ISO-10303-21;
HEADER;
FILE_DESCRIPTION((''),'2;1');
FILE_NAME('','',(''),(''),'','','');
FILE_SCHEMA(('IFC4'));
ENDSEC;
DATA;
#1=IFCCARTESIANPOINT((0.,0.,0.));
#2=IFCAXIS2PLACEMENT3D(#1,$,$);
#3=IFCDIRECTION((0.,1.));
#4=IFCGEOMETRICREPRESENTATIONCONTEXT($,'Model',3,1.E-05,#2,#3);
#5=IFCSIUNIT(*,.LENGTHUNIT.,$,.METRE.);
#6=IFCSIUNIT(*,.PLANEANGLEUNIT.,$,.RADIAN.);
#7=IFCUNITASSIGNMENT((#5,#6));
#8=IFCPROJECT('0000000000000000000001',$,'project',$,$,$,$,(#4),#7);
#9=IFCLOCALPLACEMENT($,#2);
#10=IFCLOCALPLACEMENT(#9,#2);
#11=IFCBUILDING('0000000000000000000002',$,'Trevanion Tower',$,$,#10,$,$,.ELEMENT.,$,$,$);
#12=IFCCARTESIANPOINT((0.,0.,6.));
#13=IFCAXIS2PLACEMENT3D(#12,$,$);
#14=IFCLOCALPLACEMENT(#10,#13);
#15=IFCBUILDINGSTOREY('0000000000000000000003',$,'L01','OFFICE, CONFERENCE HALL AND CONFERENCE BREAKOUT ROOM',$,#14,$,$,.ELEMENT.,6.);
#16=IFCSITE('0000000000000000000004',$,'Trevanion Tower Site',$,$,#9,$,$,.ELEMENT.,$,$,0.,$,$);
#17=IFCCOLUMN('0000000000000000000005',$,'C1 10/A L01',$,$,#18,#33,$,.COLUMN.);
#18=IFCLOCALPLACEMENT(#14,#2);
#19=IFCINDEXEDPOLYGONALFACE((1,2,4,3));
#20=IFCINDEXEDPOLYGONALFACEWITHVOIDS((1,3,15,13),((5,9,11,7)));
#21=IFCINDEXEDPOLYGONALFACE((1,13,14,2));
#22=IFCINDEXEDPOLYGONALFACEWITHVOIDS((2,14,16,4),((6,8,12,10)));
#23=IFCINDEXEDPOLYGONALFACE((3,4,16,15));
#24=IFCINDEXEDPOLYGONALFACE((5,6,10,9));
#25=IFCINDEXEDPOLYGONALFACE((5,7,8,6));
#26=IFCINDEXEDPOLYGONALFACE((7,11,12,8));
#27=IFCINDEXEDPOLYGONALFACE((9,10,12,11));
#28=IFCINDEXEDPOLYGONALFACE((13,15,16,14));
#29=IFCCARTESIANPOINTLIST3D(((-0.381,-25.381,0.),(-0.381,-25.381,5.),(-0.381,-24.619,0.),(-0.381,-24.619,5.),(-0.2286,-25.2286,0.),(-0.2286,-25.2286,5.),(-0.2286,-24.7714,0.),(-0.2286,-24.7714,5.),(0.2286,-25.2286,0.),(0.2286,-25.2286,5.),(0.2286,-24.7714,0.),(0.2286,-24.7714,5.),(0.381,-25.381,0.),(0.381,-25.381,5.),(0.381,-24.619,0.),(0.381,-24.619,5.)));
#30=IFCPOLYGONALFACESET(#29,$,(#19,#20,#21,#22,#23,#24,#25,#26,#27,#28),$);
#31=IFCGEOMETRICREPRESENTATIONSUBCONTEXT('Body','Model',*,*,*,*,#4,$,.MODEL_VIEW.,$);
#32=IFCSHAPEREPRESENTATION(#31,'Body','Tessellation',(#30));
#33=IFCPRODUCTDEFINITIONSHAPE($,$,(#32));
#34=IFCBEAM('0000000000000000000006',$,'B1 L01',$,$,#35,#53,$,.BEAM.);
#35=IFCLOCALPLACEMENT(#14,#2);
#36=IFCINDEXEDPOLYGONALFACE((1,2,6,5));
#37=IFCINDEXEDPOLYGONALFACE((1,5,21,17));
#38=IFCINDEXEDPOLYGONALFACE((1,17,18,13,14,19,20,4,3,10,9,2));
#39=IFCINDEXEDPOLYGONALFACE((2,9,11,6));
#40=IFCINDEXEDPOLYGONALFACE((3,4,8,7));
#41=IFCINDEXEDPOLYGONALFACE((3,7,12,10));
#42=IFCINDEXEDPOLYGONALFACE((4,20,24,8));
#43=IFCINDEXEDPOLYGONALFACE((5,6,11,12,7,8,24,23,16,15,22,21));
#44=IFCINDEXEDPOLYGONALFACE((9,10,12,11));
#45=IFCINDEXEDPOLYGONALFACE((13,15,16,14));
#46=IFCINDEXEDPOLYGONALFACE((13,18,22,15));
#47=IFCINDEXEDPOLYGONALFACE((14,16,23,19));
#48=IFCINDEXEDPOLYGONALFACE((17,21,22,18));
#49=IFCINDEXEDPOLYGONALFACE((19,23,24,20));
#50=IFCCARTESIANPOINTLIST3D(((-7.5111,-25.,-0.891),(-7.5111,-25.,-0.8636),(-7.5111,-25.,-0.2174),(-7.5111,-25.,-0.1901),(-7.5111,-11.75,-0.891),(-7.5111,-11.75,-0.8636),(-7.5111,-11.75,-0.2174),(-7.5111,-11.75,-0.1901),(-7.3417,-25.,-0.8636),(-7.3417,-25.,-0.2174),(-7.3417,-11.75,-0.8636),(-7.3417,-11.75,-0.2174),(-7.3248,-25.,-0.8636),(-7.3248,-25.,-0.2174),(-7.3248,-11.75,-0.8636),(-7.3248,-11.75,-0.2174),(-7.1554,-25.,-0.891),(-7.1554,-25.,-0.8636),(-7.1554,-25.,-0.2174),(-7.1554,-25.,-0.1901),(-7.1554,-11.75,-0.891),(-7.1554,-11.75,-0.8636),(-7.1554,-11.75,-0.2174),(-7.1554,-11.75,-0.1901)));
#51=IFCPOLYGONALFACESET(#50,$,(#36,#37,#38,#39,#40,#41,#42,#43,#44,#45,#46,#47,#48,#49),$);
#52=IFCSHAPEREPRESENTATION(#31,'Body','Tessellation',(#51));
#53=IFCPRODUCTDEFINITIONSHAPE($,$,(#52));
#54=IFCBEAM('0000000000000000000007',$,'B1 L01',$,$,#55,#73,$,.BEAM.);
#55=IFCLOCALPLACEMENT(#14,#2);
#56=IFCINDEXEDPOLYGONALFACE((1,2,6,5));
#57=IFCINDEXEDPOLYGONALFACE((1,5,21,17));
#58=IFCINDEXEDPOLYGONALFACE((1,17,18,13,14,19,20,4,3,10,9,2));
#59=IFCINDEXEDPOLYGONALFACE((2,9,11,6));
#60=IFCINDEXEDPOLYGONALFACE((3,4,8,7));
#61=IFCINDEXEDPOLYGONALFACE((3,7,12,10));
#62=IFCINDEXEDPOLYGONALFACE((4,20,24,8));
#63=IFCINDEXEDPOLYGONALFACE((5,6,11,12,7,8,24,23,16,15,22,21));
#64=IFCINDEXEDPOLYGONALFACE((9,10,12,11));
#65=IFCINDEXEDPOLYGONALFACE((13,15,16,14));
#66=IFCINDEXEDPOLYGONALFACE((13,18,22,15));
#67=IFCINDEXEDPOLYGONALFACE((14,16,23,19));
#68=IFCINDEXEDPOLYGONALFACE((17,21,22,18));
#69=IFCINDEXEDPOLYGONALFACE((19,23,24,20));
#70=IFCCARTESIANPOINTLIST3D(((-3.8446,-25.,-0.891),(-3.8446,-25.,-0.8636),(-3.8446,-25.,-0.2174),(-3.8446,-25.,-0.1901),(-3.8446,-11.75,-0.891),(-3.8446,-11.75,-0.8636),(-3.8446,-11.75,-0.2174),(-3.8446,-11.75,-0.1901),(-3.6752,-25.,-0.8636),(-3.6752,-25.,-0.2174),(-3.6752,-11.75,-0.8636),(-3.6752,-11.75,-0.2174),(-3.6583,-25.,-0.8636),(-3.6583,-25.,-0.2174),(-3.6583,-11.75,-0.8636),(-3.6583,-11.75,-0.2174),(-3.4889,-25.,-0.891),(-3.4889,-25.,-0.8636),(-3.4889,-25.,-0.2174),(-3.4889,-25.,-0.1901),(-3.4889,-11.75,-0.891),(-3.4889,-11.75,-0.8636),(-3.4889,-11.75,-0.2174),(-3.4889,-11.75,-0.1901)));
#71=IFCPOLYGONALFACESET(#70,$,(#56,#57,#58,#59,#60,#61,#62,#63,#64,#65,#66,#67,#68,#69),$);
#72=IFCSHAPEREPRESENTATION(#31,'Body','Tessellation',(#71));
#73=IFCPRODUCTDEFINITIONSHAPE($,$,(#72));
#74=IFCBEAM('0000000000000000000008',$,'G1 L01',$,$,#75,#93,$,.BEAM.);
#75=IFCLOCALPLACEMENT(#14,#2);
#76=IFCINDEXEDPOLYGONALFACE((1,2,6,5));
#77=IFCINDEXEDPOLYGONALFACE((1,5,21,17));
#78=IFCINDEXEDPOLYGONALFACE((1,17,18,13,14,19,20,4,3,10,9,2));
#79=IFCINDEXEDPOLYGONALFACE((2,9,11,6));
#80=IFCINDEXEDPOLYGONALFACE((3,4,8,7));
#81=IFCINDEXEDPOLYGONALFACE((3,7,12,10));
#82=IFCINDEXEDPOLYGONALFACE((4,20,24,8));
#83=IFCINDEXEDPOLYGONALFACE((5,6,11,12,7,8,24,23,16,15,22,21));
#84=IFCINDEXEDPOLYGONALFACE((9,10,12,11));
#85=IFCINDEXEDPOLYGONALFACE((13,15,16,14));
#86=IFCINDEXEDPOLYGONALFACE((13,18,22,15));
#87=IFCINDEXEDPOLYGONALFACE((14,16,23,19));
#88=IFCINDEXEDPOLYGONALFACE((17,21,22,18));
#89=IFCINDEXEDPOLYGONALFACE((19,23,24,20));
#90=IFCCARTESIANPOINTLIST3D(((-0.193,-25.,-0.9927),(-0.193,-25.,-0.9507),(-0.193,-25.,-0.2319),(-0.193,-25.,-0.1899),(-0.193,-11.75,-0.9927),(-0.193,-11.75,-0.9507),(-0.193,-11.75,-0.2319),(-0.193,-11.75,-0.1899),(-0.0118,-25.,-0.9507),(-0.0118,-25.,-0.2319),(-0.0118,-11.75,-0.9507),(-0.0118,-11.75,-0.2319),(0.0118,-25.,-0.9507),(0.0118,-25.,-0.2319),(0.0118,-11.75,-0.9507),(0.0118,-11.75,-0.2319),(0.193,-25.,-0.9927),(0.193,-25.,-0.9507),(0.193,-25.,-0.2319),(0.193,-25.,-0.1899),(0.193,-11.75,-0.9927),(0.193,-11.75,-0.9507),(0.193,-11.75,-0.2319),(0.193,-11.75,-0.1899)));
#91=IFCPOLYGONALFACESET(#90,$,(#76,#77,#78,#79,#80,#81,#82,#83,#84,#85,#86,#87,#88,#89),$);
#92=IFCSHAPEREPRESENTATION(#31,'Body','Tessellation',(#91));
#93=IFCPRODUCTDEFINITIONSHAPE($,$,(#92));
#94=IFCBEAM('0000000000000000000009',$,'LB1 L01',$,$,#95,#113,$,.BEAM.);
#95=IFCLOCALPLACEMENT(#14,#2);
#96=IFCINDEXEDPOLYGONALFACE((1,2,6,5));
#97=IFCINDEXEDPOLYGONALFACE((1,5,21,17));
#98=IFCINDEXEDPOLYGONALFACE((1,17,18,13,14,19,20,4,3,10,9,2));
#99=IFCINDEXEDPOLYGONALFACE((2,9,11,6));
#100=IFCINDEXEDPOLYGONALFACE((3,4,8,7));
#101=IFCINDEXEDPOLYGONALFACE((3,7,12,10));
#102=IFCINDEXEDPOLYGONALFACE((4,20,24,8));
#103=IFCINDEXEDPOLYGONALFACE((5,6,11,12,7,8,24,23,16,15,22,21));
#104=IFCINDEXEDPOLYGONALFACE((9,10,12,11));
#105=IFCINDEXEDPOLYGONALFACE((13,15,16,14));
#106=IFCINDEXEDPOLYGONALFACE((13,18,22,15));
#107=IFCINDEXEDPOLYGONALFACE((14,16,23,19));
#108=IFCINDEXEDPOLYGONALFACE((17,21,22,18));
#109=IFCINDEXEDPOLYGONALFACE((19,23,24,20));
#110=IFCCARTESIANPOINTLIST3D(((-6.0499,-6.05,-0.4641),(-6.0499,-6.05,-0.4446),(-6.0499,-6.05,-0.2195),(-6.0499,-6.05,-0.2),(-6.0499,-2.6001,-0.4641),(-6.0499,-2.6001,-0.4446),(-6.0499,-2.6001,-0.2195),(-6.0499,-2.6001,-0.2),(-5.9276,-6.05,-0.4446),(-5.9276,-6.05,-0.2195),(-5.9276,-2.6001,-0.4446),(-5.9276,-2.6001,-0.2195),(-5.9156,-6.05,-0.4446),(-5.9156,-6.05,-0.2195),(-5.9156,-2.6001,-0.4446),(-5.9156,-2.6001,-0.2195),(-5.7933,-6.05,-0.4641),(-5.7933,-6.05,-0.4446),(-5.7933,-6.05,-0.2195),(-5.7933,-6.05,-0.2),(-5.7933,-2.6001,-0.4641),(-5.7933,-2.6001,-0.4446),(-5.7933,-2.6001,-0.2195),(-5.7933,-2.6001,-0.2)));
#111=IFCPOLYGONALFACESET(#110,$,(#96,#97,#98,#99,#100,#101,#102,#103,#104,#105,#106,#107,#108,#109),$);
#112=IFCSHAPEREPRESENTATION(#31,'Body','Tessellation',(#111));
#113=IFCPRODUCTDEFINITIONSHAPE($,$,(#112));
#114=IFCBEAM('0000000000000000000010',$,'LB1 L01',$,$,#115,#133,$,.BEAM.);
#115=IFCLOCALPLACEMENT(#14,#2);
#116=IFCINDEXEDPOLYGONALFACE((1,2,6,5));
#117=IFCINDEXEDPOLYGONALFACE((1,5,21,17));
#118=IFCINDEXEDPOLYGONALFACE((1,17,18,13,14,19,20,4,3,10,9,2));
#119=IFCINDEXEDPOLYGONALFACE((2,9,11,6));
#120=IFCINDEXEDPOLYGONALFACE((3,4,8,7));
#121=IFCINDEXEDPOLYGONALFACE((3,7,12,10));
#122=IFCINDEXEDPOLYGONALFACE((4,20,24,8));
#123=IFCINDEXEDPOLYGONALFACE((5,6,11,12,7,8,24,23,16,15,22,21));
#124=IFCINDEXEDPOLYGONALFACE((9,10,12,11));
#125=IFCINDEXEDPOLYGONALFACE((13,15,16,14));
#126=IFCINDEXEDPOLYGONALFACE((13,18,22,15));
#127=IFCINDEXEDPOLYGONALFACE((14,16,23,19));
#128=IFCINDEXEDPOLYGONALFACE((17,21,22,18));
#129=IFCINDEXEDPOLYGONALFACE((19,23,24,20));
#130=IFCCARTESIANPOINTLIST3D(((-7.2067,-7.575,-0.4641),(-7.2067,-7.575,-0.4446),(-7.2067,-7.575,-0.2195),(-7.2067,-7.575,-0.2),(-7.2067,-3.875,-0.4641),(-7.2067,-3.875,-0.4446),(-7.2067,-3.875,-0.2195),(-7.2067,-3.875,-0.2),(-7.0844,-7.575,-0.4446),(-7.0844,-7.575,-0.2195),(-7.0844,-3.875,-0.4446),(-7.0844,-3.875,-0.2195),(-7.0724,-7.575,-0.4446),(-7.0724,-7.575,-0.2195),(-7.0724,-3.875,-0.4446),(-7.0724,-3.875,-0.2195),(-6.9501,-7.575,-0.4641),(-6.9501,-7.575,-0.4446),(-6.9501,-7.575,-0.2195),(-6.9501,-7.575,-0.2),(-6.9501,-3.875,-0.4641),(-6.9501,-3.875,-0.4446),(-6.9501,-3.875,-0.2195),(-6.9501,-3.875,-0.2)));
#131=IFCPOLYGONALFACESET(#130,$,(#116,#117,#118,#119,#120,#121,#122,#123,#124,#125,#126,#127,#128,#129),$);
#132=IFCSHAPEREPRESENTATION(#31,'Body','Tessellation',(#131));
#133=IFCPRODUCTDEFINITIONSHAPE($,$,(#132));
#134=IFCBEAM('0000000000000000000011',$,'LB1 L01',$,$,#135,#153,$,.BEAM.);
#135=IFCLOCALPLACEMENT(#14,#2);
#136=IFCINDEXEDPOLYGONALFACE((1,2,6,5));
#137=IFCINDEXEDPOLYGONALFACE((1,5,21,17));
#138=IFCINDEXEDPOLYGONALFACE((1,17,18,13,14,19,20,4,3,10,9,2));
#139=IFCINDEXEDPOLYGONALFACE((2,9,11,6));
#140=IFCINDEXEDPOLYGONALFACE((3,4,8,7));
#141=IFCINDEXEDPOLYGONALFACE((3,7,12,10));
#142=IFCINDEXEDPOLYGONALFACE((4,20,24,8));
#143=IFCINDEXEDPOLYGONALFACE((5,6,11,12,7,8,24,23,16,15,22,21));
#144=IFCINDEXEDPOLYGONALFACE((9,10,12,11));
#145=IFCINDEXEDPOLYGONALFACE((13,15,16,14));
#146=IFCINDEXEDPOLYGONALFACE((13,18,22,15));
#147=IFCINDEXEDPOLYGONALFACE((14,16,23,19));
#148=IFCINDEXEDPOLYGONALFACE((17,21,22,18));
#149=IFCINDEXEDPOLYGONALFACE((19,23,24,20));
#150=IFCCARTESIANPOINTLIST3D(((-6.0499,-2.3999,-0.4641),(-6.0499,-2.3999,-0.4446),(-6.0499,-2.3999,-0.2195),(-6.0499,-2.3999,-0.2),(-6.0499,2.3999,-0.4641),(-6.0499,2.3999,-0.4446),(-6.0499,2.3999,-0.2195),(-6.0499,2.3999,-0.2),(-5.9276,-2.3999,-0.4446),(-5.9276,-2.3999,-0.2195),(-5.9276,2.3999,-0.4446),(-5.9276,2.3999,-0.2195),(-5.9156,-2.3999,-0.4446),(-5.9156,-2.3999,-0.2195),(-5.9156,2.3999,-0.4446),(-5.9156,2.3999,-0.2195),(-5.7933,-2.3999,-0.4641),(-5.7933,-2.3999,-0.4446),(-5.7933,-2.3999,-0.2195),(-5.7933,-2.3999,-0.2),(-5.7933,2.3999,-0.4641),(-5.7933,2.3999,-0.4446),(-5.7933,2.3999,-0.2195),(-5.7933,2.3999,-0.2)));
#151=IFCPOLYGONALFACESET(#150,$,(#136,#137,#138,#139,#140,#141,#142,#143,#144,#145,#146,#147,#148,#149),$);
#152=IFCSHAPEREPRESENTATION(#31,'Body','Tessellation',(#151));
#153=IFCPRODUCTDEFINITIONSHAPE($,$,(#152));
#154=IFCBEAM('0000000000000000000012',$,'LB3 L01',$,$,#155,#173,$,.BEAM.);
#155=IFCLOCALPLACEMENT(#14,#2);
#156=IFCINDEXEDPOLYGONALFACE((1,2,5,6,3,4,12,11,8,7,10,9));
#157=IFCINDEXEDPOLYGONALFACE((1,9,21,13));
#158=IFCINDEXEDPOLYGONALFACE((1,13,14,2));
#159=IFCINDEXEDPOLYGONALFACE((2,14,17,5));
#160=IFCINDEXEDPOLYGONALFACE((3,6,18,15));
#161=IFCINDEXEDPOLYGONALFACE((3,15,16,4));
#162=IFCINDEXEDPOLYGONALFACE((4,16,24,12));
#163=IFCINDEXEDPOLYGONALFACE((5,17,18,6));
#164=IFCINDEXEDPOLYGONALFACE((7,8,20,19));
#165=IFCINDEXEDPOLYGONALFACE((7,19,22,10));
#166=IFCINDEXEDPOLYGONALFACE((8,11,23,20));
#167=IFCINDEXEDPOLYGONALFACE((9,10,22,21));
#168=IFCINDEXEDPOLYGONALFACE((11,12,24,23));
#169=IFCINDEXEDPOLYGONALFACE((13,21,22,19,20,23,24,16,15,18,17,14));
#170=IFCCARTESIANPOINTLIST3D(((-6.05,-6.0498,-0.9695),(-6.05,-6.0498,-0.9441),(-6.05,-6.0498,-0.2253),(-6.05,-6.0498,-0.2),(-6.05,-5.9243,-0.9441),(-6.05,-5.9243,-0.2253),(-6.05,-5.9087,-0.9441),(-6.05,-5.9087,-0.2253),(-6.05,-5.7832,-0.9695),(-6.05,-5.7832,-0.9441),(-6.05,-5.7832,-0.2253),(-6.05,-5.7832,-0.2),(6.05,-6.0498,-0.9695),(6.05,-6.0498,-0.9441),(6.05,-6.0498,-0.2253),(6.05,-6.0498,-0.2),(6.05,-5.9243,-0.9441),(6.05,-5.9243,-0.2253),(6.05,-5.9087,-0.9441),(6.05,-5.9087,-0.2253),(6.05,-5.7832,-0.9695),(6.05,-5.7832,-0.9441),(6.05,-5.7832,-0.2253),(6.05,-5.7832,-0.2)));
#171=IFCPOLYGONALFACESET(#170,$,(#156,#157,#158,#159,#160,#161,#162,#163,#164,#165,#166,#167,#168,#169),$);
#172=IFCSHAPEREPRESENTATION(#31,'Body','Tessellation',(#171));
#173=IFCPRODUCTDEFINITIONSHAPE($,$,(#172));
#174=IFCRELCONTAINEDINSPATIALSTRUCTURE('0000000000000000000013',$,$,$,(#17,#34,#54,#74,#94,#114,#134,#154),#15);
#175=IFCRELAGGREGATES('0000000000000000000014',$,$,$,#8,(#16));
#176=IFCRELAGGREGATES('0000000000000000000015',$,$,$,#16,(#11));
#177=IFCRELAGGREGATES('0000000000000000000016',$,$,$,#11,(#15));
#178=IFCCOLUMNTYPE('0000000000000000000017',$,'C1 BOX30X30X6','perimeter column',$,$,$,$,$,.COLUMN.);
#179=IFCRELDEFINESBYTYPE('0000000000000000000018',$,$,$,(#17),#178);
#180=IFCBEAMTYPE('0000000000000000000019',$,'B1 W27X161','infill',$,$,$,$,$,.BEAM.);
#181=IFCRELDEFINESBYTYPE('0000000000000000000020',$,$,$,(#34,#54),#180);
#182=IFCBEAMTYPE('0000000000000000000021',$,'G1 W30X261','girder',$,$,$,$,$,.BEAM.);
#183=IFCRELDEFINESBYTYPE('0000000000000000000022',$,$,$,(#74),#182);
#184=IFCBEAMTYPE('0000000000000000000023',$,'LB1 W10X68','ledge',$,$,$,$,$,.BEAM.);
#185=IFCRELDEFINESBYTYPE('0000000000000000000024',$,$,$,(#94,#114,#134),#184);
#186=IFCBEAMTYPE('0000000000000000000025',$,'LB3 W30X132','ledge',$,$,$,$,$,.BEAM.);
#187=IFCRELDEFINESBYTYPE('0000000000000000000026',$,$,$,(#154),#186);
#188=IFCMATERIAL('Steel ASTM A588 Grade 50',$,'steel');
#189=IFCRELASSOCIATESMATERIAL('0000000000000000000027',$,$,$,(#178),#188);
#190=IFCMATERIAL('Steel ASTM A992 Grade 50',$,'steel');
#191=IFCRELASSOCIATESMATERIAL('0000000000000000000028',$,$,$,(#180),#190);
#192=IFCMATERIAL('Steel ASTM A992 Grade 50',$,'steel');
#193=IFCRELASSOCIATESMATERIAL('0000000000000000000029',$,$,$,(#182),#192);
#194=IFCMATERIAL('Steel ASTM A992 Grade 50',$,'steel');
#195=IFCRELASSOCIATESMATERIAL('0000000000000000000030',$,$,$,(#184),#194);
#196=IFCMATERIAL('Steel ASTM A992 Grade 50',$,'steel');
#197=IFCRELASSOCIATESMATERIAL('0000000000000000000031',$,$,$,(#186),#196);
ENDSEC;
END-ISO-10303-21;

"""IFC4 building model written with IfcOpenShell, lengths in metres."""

from ifc_helpers import new_model, si_unit, direction, frame, origin, origin_2d, place, context, subcontext, project, spatial, hollow_rectangle, i_section, extrude, material, material_profile, profile_set, type_object, element, save


model = new_model("IFC4")

# Units and contexts
model_context = context("Model", 3, precision=1e-05, world=origin(), true_north=direction((0.0, 1.0)))
body_context = subcontext(model_context, "Body", "Model", "MODEL_VIEW")
ifc_project = project(units=[si_unit("LENGTHUNIT", "METRE"), si_unit("PLANEANGLEUNIT", "RADIAN")], contexts=[model_context])

# Site, building, storey
site_placement = place(None, origin())
site = spatial("IfcSite", under=ifc_project, at=site_placement, Name="Trevanion Tower Site", CompositionType="ELEMENT", RefElevation=0.0)
building_placement = place(site_placement, origin())
building = spatial("IfcBuilding", under=site, at=building_placement, Name="Trevanion Tower", CompositionType="ELEMENT")
storey_placement = place(building_placement, frame((0.0, 0.0, 6.0)))
storey = spatial("IfcBuildingStorey", under=building, at=storey_placement, Name="L01", Description="OFFICE, CONFERENCE HALL AND CONFERENCE BREAKOUT ROOM", CompositionType="ELEMENT", Elevation=6.0)

# Column
ifc_material_1 = material(Name="Steel ASTM A588 Grade 50", Category="steel")
ifc_material_profile_1 = material_profile(ifc_material_1, hollow_rectangle(XDim=0.762, YDim=0.762, WallThickness=0.1523, at=origin_2d()), Name="BOX30X30X6")
ifc_profile_set_1 = profile_set([ifc_material_profile_1], Name="Steel ASTM A588 Grade 50")
column_type = type_object("IfcColumnType", Name="C1 BOX30X30X6", Description="perimeter column", PredefinedType="COLUMN", material=ifc_profile_set_1)
column_placement = place(storey_placement, frame((0.0, -25.0, 0.0), z_axis=(0.0, 0.0, 1.0), x_axis=(1.0, 0.0, 0.0)))
element("IfcColumn", 1, at=column_placement, inside=storey, type_object=column_type, Name="C1 10/A L01", PredefinedType="COLUMN", context=body_context, shape_type="SweptSolid", body=[
    extrude(hollow_rectangle(XDim=0.762, YDim=0.762, WallThickness=0.1523, at=origin_2d()), origin(), (0.0, 0.0, 1.0), 5.0),
])

# Beams
ifc_material_2 = material(Name="Steel ASTM A992 Grade 50", Category="steel")
ifc_material_profile_2 = material_profile(ifc_material_2, i_section(OverallWidth=0.3557, OverallDepth=0.7009, WebThickness=0.0168, FlangeThickness=0.0273, at=origin_2d()), Name="W27X161")
ifc_profile_set_2 = profile_set([ifc_material_profile_2], Name="Steel ASTM A992 Grade 50")
beam_type_1 = type_object("IfcBeamType", Name="B1 W27X161", Description="infill", PredefinedType="BEAM", material=ifc_profile_set_2)
for number, where, z_axis, x_axis, name in (
    (2, (-7.3333, -11.75, -0.5405), (0.0, -1.0, 0.0), (1.0, 0.0, 0.0), "B1 L01"),
    (3, (-3.6667, -11.75, -0.5405), (0.0, -1.0, 0.0), (1.0, 0.0, 0.0), "B1 L01"),
):
    element("IfcBeam", number, at=place(storey_placement, frame(where, z_axis=z_axis, x_axis=x_axis)), inside=storey, type_object=beam_type_1, Name=name, PredefinedType="BEAM", context=body_context, shape_type="SweptSolid", body=[
        extrude(i_section(OverallWidth=0.3557, OverallDepth=0.7009, WebThickness=0.0168, FlangeThickness=0.0273, at=origin_2d()), origin(), (0.0, 0.0, 1.0), 13.25),
    ])
ifc_material_3 = material(Name="Steel ASTM A992 Grade 50", Category="steel")
ifc_material_profile_3 = material_profile(ifc_material_3, i_section(OverallWidth=0.386, OverallDepth=0.8027, WebThickness=0.0237, FlangeThickness=0.042, at=origin_2d()), Name="W30X261")
ifc_profile_set_3 = profile_set([ifc_material_profile_3], Name="Steel ASTM A992 Grade 50")
beam_type_2 = type_object("IfcBeamType", Name="G1 W30X261", Description="girder", PredefinedType="BEAM", material=ifc_profile_set_3)
beam_1_placement = place(storey_placement, frame((0.0, -11.75, -0.5913), z_axis=(0.0, -1.0, 0.0), x_axis=(1.0, 0.0, 0.0)))
element("IfcBeam", 4, at=beam_1_placement, inside=storey, type_object=beam_type_2, Name="G1 L01", PredefinedType="BEAM", context=body_context, shape_type="SweptSolid", body=[
    extrude(i_section(OverallWidth=0.386, OverallDepth=0.8027, WebThickness=0.0237, FlangeThickness=0.042, at=origin_2d()), origin(), (0.0, 0.0, 1.0), 13.25),
])
ifc_material_4 = material(Name="Steel ASTM A992 Grade 50", Category="steel")
ifc_material_profile_4 = material_profile(ifc_material_4, i_section(OverallWidth=0.2566, OverallDepth=0.2642, WebThickness=0.012, FlangeThickness=0.0195, at=origin_2d()), Name="W10X68")
ifc_profile_set_4 = profile_set([ifc_material_profile_4], Name="Steel ASTM A992 Grade 50")
beam_type_3 = type_object("IfcBeamType", Name="LB1 W10X68", Description="ledge", PredefinedType="BEAM", material=ifc_profile_set_4)
beam_2_placement = place(storey_placement, frame((-5.9216, -6.05, -0.332), z_axis=(0.0, 1.0, 0.0), x_axis=(-1.0, 0.0, 0.0)))
element("IfcBeam", 5, at=beam_2_placement, inside=storey, type_object=beam_type_3, Name="LB1 L01", PredefinedType="BEAM", context=body_context, shape_type="SweptSolid", body=[
    extrude(i_section(OverallWidth=0.2566, OverallDepth=0.2642, WebThickness=0.012, FlangeThickness=0.0195, at=origin_2d()), origin(), (0.0, 0.0, 1.0), 3.45),
])
beam_3_placement = place(storey_placement, frame((-7.0784, -7.575, -0.332), z_axis=(0.0, 1.0, 0.0), x_axis=(-1.0, 0.0, 0.0)))
element("IfcBeam", 6, at=beam_3_placement, inside=storey, type_object=beam_type_3, Name="LB1 L01", PredefinedType="BEAM", context=body_context, shape_type="SweptSolid", body=[
    extrude(i_section(OverallWidth=0.2566, OverallDepth=0.2642, WebThickness=0.012, FlangeThickness=0.0195, at=origin_2d()), origin(), (0.0, 0.0, 1.0), 3.7),
])
beam_4_placement = place(storey_placement, frame((-5.9216, -2.3999, -0.332), z_axis=(0.0, 1.0, 0.0), x_axis=(-1.0, 0.0, 0.0)))
element("IfcBeam", 7, at=beam_4_placement, inside=storey, type_object=beam_type_3, Name="LB1 L01", PredefinedType="BEAM", context=body_context, shape_type="SweptSolid", body=[
    extrude(i_section(OverallWidth=0.2566, OverallDepth=0.2642, WebThickness=0.012, FlangeThickness=0.0195, at=origin_2d()), origin(), (0.0, 0.0, 1.0), 4.7998),
])
ifc_material_5 = material(Name="Steel ASTM A992 Grade 50", Category="steel")
ifc_material_profile_5 = material_profile(ifc_material_5, i_section(OverallWidth=0.2666, OverallDepth=0.7695, WebThickness=0.0156, FlangeThickness=0.0254, at=origin_2d()), Name="W30X132")
ifc_profile_set_5 = profile_set([ifc_material_profile_5], Name="Steel ASTM A992 Grade 50")
beam_type_4 = type_object("IfcBeamType", Name="LB3 W30X132", Description="ledge", PredefinedType="BEAM", material=ifc_profile_set_5)
beam_5_placement = place(storey_placement, frame((-6.05, -5.9165, -0.5847), z_axis=(1.0, 0.0, 0.0), x_axis=(0.0, 1.0, 0.0)))
element("IfcBeam", 8, at=beam_5_placement, inside=storey, type_object=beam_type_4, Name="LB3 L01", PredefinedType="BEAM", context=body_context, shape_type="SweptSolid", body=[
    extrude(i_section(OverallWidth=0.2666, OverallDepth=0.7695, WebThickness=0.0156, FlangeThickness=0.0254, at=origin_2d()), origin(), (0.0, 0.0, 1.0), 12.1001),
])

save(model, "model.ifc")
